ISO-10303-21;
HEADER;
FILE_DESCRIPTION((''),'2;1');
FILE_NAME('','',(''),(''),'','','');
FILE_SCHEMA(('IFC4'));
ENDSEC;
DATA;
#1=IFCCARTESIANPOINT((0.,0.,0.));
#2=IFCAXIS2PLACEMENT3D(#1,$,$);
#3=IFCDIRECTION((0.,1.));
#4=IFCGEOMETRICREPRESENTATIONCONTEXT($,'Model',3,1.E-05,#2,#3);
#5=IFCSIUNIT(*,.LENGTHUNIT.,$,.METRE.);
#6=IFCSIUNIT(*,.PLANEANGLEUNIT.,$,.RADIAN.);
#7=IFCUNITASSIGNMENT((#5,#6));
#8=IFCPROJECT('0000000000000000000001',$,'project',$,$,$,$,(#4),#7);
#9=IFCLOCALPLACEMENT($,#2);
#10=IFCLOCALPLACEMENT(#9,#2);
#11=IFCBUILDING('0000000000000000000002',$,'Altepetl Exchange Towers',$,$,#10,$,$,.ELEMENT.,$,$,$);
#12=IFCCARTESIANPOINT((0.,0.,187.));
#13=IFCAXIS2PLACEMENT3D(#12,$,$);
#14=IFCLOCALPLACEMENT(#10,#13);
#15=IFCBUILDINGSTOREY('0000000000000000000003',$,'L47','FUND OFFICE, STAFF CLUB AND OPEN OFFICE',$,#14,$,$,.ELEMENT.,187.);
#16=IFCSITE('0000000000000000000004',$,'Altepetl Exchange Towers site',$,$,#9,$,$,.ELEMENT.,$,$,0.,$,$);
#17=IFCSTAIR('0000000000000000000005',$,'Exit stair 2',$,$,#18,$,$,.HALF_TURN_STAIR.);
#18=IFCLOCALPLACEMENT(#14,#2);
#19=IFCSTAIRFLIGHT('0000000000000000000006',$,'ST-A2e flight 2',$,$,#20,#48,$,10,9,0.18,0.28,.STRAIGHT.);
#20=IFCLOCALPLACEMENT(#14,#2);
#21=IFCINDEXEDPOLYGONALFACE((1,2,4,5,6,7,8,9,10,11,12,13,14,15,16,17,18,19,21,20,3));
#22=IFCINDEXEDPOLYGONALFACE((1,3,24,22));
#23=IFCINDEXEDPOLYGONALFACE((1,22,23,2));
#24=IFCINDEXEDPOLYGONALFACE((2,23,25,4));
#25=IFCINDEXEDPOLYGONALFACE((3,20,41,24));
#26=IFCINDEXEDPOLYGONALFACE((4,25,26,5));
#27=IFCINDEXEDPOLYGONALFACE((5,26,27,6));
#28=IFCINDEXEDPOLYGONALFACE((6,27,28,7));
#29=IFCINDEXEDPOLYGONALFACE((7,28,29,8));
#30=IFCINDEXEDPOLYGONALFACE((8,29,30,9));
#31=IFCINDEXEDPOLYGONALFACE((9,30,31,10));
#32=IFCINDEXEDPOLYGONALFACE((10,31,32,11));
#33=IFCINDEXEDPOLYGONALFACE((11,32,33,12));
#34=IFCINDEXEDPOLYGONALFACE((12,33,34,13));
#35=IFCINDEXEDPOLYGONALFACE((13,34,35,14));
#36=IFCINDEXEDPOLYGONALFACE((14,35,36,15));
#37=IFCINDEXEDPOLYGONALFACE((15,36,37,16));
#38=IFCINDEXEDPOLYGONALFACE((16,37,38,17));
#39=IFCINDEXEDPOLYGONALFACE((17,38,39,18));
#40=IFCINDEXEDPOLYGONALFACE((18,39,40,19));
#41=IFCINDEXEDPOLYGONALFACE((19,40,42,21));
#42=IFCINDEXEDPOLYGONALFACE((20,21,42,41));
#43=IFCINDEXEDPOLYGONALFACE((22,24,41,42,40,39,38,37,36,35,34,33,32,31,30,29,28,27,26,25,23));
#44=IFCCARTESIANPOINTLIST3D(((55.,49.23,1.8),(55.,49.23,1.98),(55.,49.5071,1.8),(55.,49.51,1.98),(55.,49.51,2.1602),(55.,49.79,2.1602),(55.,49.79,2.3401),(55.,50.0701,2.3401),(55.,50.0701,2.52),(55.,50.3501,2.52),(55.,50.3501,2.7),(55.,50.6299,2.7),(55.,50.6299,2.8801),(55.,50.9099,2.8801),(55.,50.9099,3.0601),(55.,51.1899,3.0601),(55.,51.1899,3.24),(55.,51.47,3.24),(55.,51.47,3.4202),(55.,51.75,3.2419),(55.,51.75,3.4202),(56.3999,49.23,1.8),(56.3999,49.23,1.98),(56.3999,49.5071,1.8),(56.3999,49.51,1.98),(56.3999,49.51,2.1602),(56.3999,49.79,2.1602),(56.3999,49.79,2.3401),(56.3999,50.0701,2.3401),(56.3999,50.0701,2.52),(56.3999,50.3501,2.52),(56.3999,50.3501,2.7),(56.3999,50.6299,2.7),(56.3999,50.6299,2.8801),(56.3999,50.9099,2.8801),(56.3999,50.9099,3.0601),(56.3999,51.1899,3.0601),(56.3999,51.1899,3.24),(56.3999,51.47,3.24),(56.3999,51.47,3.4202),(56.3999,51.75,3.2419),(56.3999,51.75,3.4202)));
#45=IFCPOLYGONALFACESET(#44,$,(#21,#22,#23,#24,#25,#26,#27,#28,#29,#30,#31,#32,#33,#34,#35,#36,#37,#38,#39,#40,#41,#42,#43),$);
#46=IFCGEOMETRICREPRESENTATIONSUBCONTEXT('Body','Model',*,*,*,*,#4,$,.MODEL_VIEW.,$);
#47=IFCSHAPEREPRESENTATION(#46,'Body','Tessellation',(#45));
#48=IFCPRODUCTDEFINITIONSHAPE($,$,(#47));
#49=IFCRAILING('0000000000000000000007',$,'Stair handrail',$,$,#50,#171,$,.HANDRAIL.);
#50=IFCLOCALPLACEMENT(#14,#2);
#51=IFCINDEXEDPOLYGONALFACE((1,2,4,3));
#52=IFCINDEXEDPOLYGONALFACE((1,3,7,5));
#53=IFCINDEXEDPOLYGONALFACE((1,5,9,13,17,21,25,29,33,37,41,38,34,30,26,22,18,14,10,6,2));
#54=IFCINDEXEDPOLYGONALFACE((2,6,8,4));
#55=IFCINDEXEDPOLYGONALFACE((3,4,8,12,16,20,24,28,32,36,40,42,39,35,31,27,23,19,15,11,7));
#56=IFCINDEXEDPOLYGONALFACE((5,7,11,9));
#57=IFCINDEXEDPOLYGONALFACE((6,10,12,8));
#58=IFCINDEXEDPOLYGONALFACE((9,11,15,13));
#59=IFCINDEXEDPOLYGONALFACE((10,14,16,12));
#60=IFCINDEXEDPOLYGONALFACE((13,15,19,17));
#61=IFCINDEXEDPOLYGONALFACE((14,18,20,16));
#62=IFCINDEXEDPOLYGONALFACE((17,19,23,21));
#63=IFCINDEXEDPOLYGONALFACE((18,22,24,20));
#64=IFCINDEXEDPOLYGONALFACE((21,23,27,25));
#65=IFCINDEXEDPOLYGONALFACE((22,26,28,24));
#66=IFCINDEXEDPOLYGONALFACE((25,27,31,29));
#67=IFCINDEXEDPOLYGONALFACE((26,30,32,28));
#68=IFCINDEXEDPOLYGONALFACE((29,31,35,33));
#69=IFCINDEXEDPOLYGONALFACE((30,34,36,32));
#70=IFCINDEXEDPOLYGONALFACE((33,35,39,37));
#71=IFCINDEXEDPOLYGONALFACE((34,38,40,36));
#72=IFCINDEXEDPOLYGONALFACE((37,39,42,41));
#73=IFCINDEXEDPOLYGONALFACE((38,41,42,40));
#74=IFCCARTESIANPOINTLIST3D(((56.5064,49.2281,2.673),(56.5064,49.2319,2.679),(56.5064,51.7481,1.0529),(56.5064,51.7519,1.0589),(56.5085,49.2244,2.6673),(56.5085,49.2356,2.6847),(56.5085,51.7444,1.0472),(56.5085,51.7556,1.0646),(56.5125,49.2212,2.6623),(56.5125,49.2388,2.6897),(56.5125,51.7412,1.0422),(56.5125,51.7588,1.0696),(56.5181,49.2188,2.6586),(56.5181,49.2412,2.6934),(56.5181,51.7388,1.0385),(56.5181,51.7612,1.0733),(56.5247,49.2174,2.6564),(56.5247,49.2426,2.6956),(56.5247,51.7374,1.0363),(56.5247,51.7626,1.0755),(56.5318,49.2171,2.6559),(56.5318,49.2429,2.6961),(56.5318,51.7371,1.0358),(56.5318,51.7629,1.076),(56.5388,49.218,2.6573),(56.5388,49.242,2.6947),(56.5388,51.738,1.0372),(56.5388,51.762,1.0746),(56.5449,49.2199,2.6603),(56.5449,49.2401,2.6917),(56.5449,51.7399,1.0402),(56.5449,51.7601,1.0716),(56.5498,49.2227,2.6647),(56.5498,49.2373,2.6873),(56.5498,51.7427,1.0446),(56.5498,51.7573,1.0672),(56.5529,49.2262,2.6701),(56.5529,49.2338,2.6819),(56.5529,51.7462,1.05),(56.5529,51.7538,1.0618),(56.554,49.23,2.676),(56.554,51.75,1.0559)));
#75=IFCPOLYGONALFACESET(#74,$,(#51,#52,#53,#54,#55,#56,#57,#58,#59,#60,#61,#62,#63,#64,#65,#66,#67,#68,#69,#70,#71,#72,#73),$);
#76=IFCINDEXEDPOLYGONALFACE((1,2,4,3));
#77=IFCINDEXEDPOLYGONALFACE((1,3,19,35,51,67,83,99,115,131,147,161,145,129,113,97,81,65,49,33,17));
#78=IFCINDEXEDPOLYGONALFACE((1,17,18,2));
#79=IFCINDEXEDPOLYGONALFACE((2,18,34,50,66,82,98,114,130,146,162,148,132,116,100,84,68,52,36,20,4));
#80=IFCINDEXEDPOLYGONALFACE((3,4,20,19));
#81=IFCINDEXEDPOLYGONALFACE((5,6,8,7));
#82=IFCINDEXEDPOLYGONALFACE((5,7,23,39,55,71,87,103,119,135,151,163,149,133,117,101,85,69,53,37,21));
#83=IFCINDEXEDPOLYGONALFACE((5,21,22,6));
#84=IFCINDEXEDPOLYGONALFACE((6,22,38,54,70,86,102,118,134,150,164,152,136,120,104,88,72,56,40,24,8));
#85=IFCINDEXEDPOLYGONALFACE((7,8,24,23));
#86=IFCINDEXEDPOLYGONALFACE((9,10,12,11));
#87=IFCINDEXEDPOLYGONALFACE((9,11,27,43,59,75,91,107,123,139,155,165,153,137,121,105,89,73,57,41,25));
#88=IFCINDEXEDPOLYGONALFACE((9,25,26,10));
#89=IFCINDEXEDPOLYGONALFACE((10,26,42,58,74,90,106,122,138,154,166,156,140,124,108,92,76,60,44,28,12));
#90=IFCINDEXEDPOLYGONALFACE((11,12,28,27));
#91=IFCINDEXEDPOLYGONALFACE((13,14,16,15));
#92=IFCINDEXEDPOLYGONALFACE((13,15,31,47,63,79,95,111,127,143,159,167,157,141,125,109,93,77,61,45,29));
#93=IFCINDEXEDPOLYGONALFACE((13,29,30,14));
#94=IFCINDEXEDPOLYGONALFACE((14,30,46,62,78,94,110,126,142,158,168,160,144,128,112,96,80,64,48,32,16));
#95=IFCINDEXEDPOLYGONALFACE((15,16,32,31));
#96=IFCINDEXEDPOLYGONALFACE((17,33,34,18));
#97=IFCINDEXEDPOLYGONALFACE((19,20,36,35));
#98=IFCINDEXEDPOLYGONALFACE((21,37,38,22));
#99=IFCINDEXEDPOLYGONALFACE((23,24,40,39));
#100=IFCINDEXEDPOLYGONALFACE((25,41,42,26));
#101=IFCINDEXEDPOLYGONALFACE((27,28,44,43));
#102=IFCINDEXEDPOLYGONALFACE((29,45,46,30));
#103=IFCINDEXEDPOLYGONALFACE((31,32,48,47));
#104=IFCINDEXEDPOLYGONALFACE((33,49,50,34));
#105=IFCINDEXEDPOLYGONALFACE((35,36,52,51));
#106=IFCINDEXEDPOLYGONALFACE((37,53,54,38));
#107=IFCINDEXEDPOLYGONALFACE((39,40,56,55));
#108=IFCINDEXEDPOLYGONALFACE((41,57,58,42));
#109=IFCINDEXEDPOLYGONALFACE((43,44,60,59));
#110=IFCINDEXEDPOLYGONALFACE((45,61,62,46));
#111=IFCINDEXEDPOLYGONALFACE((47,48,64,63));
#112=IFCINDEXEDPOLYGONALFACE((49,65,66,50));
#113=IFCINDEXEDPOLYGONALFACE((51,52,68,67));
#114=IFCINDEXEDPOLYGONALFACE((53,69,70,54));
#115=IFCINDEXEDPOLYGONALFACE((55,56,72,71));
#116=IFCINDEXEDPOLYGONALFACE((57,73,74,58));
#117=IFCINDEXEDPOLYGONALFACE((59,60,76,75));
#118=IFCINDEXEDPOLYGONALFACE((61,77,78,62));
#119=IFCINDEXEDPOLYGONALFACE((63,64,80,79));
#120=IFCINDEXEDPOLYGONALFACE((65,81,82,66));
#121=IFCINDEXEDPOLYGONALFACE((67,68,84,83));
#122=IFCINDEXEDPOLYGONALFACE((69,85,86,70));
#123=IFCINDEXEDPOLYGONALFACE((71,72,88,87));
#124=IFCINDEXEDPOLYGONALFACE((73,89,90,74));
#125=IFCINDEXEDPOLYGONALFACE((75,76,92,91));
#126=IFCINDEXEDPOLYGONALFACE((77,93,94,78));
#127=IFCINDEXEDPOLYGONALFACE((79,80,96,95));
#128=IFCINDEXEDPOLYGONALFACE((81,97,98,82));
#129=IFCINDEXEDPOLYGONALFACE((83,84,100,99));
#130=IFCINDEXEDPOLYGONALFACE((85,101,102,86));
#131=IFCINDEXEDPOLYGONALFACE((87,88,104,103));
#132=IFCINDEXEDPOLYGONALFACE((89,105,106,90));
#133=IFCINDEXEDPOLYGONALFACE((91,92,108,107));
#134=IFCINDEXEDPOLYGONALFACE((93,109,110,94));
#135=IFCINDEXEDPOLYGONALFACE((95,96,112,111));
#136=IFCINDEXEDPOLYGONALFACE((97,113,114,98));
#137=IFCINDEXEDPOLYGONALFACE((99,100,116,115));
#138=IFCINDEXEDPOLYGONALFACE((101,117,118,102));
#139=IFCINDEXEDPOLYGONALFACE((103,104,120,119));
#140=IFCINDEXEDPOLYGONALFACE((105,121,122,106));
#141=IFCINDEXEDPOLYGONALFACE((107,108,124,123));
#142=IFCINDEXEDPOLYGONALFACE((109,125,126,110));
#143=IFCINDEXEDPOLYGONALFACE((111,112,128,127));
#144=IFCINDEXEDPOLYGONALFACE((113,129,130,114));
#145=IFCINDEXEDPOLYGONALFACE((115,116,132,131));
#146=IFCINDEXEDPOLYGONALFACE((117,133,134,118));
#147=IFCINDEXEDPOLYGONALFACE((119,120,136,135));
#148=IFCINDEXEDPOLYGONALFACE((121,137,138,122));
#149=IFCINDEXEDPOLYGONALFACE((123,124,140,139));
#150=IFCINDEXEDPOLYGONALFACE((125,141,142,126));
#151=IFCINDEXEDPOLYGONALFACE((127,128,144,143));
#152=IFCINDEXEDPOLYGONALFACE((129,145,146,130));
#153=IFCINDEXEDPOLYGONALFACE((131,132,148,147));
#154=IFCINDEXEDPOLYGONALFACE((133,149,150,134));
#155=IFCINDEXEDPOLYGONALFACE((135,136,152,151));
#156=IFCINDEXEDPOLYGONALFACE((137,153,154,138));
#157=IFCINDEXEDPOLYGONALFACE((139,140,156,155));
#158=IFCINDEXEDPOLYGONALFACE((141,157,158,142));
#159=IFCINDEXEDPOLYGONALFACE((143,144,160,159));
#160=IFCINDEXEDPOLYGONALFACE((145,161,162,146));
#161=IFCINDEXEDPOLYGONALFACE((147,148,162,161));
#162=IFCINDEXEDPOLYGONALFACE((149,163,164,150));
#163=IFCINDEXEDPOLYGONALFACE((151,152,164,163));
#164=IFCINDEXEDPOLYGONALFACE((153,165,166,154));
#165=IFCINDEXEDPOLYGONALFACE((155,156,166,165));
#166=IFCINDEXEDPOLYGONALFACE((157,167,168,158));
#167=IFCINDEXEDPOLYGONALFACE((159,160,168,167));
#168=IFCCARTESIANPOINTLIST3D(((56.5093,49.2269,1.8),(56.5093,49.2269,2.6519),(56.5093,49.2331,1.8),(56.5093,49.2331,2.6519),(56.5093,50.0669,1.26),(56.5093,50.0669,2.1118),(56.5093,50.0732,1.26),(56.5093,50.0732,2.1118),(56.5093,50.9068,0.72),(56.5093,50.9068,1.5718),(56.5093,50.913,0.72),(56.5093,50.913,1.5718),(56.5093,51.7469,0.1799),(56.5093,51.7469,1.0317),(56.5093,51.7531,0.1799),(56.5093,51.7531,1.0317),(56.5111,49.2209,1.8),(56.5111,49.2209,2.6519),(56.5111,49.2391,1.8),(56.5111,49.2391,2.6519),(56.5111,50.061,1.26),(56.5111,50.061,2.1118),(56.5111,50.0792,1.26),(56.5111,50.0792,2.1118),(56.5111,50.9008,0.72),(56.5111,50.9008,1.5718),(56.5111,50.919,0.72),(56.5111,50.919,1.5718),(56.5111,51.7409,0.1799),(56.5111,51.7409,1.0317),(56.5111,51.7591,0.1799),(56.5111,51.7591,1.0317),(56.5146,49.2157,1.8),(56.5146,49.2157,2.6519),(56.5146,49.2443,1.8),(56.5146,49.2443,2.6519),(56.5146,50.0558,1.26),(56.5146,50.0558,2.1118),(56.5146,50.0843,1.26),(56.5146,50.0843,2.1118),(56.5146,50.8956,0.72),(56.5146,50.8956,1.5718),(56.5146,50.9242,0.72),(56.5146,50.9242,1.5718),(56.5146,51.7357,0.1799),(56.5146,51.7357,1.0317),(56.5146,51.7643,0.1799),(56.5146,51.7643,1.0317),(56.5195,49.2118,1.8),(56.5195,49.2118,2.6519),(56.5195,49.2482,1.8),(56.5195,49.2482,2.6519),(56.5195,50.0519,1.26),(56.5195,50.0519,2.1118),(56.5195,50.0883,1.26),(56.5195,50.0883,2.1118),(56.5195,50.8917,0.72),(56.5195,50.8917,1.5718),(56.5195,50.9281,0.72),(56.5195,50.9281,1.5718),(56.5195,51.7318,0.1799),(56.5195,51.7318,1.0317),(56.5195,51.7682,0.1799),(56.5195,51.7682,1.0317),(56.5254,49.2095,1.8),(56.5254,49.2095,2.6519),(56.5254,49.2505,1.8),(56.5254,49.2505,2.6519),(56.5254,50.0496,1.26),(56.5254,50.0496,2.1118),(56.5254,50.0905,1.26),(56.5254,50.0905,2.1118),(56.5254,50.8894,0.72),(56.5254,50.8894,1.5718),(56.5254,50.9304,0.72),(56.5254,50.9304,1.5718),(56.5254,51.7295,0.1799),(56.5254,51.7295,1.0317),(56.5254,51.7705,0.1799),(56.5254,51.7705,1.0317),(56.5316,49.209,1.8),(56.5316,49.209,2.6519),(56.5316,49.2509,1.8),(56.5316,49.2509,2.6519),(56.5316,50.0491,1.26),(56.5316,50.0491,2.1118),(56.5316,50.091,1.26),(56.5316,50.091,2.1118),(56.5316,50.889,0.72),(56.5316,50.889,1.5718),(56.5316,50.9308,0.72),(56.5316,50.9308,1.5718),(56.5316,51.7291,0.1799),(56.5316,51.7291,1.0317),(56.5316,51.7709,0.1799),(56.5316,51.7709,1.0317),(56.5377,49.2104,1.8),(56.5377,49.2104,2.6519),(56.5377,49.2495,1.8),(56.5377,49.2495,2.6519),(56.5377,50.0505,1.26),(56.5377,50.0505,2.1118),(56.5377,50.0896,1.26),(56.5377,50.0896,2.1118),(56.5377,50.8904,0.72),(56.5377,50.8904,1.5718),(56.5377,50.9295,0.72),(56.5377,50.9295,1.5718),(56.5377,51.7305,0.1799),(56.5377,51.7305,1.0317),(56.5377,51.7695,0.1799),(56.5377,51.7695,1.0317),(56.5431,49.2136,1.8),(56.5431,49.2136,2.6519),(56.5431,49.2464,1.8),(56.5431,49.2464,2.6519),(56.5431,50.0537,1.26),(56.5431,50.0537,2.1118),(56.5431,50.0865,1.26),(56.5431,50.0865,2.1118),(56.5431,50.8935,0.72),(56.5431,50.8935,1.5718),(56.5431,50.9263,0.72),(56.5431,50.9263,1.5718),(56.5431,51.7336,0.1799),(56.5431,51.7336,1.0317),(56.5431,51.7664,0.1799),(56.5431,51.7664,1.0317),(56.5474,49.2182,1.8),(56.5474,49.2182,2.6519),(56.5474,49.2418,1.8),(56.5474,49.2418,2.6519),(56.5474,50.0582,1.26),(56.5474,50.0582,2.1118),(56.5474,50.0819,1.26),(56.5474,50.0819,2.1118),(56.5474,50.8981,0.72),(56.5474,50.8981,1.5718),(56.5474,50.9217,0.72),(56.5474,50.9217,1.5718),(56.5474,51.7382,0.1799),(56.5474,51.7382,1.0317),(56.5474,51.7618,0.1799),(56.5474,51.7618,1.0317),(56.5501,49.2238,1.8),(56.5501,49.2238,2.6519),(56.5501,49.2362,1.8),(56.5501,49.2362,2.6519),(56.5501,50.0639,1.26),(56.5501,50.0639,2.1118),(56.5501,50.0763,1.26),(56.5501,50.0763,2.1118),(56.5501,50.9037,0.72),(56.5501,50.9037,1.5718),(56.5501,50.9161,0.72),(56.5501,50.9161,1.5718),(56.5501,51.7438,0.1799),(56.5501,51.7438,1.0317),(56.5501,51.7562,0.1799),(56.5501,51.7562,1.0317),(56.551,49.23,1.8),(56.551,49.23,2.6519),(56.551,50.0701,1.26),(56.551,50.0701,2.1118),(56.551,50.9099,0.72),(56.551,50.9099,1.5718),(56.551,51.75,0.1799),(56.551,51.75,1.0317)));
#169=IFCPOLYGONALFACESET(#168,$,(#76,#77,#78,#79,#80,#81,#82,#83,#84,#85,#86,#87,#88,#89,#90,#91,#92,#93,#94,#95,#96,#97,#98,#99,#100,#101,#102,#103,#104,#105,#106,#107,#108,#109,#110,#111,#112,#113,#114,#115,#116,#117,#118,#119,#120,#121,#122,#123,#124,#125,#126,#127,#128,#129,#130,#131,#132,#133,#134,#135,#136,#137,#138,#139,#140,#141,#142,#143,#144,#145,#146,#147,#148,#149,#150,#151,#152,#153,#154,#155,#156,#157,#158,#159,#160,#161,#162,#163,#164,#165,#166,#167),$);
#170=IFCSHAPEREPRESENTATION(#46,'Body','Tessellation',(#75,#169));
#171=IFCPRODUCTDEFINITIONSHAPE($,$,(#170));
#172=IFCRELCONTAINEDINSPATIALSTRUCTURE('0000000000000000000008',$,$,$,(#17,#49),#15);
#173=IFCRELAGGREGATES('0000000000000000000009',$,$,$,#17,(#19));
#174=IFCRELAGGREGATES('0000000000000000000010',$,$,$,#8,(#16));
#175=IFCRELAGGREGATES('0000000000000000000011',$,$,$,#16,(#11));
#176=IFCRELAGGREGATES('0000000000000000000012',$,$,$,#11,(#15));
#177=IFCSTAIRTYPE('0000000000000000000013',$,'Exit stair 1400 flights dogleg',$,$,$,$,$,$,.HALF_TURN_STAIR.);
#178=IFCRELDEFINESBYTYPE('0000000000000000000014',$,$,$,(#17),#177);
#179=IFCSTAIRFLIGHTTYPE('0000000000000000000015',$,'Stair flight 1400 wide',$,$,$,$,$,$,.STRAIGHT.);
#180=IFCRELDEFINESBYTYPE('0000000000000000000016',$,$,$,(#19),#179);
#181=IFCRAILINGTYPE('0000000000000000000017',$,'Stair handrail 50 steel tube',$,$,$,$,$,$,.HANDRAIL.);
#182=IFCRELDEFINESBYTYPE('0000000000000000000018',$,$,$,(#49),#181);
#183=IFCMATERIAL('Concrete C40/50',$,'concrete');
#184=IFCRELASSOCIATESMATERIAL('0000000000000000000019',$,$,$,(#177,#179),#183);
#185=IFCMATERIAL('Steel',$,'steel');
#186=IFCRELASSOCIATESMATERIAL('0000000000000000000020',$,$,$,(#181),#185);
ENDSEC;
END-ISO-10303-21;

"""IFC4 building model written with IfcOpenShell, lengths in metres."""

from ifc_helpers import new_model, si_unit, direction, frame, origin, origin_2d, place, context, subcontext, project, spatial, polyline, circle, outline, extrude, source, transform, mapped, material, type_object, element, aggregate, save


model = new_model("IFC4")

# Units and contexts
model_context = context("Model", 3, precision=1e-05, world=origin(), true_north=direction((0.0, 1.0)))
body_context = subcontext(model_context, "Body", "Model", "MODEL_VIEW")
ifc_project = project(units=[si_unit("LENGTHUNIT", "METRE"), si_unit("PLANEANGLEUNIT", "RADIAN")], contexts=[model_context])

# Site, building, storey
site_placement = place(None, origin())
site = spatial("IfcSite", under=ifc_project, at=site_placement, Name="Altepetl Exchange Towers site", CompositionType="ELEMENT", RefElevation=0.0)
building_placement = place(site_placement, origin())
building = spatial("IfcBuilding", under=site, at=building_placement, Name="Altepetl Exchange Towers", CompositionType="ELEMENT")
storey_placement = place(building_placement, frame((0.0, 0.0, 187.0)))
storey = spatial("IfcBuildingStorey", under=building, at=storey_placement, Name="L47", Description="FUND OFFICE, STAFF CLUB AND OPEN OFFICE", CompositionType="ELEMENT", Elevation=187.0)

# Shared definitions
ifc_material_1 = material(Name="Concrete C40/50", Category="concrete")

# Stair, stair flight
stair_type = type_object("IfcStairType", Name="Exit stair 1400 flights dogleg", PredefinedType="HALF_TURN_STAIR", material=ifc_material_1)
stair_placement = place(storey_placement, origin())
stair = element("IfcStair", 1, at=stair_placement, inside=storey, type_object=stair_type, Name="Exit stair 2", PredefinedType="HALF_TURN_STAIR")
stair_flight_type = type_object("IfcStairFlightType", Name="Stair flight 1400 wide", PredefinedType="STRAIGHT", material=ifc_material_1)
stair_flight_1_placement = place(storey_placement, frame((55.7, 49.23, 1.8), z_axis=(0.0, 0.0, 1.0), x_axis=(0.0, 1.0, 0.0)))
stair_flight_1 = element("IfcStairFlight", 2, at=stair_flight_1_placement, type_object=stair_flight_type, Name="ST-A2e flight 2", NumberOfRisers=10, NumberOfTreads=9, PredefinedType="STRAIGHT", RiserHeight=0.18, TreadLength=0.28, context=body_context, shape_type="SweptSolid", body=[
    extrude(outline(polyline([(0.0, 0.0), (0.0, 0.1799), (0.28, 0.1799), (0.28, 0.3601), (0.5601, 0.3601), (0.5601, 0.54), (0.8401, 0.54), (0.8401, 0.72), (1.1201, 0.72), (1.1201, 0.8999), (1.3999, 0.8999), (1.3999, 1.0801), (1.6799, 1.0801), (1.6799, 1.26), (1.96, 1.26), (1.96, 1.4399), (2.24, 1.4399), (2.24, 1.6201), (2.52, 1.6201), (2.52, 1.8), (2.52, 1.4419), (0.2771, 0.0), (0.0, 0.0)])), frame((0.0, 0.7, 0.0), z_axis=(0.0, -1.0, 0.0), x_axis=(1.0, 0.0, 0.0)), (0.0, 0.0, 1.0), 1.3999),
])
aggregate(stair, [stair_flight_1])

# Railing
ifc_material_2 = material(Name="Steel", Category="steel")
railing_type = type_object("IfcRailingType", Name="Stair handrail 50 steel tube", PredefinedType="HANDRAIL", material=ifc_material_2)
shared_shape = source(origin(), body_context, "Body", "SweptSolid", [
    extrude(circle(Radius=0.021, at=origin_2d()), origin(), (0.0, 0.0, 1.0), 0.8518),
])
railing_1_placement = place(storey_placement, frame((56.53, 51.75, 0.1799)))
element("IfcRailing", 3, at=railing_1_placement, inside=storey, type_object=railing_type, Name="Stair handrail", PredefinedType="HANDRAIL", context=body_context, shape_type="SweptSolid", body=[
    extrude(circle(Radius=0.0239, at=origin_2d()), frame((0.0, 0.0, 0.876), z_axis=(0.0, -0.841163, 0.540782), x_axis=(1.0, 0.0, 0.0)), (0.0, 0.0, 1.0), 2.9958),
    mapped(shared_shape, transform((0.0, 0.0, 0.0))),
    mapped(shared_shape, transform((0.0, -0.8401, 0.54))),
    mapped(shared_shape, transform((0.0, -1.6799, 1.0801))),
    mapped(shared_shape, transform((0.0, -2.52, 1.6201))),
])

save(model, "model.ifc")
